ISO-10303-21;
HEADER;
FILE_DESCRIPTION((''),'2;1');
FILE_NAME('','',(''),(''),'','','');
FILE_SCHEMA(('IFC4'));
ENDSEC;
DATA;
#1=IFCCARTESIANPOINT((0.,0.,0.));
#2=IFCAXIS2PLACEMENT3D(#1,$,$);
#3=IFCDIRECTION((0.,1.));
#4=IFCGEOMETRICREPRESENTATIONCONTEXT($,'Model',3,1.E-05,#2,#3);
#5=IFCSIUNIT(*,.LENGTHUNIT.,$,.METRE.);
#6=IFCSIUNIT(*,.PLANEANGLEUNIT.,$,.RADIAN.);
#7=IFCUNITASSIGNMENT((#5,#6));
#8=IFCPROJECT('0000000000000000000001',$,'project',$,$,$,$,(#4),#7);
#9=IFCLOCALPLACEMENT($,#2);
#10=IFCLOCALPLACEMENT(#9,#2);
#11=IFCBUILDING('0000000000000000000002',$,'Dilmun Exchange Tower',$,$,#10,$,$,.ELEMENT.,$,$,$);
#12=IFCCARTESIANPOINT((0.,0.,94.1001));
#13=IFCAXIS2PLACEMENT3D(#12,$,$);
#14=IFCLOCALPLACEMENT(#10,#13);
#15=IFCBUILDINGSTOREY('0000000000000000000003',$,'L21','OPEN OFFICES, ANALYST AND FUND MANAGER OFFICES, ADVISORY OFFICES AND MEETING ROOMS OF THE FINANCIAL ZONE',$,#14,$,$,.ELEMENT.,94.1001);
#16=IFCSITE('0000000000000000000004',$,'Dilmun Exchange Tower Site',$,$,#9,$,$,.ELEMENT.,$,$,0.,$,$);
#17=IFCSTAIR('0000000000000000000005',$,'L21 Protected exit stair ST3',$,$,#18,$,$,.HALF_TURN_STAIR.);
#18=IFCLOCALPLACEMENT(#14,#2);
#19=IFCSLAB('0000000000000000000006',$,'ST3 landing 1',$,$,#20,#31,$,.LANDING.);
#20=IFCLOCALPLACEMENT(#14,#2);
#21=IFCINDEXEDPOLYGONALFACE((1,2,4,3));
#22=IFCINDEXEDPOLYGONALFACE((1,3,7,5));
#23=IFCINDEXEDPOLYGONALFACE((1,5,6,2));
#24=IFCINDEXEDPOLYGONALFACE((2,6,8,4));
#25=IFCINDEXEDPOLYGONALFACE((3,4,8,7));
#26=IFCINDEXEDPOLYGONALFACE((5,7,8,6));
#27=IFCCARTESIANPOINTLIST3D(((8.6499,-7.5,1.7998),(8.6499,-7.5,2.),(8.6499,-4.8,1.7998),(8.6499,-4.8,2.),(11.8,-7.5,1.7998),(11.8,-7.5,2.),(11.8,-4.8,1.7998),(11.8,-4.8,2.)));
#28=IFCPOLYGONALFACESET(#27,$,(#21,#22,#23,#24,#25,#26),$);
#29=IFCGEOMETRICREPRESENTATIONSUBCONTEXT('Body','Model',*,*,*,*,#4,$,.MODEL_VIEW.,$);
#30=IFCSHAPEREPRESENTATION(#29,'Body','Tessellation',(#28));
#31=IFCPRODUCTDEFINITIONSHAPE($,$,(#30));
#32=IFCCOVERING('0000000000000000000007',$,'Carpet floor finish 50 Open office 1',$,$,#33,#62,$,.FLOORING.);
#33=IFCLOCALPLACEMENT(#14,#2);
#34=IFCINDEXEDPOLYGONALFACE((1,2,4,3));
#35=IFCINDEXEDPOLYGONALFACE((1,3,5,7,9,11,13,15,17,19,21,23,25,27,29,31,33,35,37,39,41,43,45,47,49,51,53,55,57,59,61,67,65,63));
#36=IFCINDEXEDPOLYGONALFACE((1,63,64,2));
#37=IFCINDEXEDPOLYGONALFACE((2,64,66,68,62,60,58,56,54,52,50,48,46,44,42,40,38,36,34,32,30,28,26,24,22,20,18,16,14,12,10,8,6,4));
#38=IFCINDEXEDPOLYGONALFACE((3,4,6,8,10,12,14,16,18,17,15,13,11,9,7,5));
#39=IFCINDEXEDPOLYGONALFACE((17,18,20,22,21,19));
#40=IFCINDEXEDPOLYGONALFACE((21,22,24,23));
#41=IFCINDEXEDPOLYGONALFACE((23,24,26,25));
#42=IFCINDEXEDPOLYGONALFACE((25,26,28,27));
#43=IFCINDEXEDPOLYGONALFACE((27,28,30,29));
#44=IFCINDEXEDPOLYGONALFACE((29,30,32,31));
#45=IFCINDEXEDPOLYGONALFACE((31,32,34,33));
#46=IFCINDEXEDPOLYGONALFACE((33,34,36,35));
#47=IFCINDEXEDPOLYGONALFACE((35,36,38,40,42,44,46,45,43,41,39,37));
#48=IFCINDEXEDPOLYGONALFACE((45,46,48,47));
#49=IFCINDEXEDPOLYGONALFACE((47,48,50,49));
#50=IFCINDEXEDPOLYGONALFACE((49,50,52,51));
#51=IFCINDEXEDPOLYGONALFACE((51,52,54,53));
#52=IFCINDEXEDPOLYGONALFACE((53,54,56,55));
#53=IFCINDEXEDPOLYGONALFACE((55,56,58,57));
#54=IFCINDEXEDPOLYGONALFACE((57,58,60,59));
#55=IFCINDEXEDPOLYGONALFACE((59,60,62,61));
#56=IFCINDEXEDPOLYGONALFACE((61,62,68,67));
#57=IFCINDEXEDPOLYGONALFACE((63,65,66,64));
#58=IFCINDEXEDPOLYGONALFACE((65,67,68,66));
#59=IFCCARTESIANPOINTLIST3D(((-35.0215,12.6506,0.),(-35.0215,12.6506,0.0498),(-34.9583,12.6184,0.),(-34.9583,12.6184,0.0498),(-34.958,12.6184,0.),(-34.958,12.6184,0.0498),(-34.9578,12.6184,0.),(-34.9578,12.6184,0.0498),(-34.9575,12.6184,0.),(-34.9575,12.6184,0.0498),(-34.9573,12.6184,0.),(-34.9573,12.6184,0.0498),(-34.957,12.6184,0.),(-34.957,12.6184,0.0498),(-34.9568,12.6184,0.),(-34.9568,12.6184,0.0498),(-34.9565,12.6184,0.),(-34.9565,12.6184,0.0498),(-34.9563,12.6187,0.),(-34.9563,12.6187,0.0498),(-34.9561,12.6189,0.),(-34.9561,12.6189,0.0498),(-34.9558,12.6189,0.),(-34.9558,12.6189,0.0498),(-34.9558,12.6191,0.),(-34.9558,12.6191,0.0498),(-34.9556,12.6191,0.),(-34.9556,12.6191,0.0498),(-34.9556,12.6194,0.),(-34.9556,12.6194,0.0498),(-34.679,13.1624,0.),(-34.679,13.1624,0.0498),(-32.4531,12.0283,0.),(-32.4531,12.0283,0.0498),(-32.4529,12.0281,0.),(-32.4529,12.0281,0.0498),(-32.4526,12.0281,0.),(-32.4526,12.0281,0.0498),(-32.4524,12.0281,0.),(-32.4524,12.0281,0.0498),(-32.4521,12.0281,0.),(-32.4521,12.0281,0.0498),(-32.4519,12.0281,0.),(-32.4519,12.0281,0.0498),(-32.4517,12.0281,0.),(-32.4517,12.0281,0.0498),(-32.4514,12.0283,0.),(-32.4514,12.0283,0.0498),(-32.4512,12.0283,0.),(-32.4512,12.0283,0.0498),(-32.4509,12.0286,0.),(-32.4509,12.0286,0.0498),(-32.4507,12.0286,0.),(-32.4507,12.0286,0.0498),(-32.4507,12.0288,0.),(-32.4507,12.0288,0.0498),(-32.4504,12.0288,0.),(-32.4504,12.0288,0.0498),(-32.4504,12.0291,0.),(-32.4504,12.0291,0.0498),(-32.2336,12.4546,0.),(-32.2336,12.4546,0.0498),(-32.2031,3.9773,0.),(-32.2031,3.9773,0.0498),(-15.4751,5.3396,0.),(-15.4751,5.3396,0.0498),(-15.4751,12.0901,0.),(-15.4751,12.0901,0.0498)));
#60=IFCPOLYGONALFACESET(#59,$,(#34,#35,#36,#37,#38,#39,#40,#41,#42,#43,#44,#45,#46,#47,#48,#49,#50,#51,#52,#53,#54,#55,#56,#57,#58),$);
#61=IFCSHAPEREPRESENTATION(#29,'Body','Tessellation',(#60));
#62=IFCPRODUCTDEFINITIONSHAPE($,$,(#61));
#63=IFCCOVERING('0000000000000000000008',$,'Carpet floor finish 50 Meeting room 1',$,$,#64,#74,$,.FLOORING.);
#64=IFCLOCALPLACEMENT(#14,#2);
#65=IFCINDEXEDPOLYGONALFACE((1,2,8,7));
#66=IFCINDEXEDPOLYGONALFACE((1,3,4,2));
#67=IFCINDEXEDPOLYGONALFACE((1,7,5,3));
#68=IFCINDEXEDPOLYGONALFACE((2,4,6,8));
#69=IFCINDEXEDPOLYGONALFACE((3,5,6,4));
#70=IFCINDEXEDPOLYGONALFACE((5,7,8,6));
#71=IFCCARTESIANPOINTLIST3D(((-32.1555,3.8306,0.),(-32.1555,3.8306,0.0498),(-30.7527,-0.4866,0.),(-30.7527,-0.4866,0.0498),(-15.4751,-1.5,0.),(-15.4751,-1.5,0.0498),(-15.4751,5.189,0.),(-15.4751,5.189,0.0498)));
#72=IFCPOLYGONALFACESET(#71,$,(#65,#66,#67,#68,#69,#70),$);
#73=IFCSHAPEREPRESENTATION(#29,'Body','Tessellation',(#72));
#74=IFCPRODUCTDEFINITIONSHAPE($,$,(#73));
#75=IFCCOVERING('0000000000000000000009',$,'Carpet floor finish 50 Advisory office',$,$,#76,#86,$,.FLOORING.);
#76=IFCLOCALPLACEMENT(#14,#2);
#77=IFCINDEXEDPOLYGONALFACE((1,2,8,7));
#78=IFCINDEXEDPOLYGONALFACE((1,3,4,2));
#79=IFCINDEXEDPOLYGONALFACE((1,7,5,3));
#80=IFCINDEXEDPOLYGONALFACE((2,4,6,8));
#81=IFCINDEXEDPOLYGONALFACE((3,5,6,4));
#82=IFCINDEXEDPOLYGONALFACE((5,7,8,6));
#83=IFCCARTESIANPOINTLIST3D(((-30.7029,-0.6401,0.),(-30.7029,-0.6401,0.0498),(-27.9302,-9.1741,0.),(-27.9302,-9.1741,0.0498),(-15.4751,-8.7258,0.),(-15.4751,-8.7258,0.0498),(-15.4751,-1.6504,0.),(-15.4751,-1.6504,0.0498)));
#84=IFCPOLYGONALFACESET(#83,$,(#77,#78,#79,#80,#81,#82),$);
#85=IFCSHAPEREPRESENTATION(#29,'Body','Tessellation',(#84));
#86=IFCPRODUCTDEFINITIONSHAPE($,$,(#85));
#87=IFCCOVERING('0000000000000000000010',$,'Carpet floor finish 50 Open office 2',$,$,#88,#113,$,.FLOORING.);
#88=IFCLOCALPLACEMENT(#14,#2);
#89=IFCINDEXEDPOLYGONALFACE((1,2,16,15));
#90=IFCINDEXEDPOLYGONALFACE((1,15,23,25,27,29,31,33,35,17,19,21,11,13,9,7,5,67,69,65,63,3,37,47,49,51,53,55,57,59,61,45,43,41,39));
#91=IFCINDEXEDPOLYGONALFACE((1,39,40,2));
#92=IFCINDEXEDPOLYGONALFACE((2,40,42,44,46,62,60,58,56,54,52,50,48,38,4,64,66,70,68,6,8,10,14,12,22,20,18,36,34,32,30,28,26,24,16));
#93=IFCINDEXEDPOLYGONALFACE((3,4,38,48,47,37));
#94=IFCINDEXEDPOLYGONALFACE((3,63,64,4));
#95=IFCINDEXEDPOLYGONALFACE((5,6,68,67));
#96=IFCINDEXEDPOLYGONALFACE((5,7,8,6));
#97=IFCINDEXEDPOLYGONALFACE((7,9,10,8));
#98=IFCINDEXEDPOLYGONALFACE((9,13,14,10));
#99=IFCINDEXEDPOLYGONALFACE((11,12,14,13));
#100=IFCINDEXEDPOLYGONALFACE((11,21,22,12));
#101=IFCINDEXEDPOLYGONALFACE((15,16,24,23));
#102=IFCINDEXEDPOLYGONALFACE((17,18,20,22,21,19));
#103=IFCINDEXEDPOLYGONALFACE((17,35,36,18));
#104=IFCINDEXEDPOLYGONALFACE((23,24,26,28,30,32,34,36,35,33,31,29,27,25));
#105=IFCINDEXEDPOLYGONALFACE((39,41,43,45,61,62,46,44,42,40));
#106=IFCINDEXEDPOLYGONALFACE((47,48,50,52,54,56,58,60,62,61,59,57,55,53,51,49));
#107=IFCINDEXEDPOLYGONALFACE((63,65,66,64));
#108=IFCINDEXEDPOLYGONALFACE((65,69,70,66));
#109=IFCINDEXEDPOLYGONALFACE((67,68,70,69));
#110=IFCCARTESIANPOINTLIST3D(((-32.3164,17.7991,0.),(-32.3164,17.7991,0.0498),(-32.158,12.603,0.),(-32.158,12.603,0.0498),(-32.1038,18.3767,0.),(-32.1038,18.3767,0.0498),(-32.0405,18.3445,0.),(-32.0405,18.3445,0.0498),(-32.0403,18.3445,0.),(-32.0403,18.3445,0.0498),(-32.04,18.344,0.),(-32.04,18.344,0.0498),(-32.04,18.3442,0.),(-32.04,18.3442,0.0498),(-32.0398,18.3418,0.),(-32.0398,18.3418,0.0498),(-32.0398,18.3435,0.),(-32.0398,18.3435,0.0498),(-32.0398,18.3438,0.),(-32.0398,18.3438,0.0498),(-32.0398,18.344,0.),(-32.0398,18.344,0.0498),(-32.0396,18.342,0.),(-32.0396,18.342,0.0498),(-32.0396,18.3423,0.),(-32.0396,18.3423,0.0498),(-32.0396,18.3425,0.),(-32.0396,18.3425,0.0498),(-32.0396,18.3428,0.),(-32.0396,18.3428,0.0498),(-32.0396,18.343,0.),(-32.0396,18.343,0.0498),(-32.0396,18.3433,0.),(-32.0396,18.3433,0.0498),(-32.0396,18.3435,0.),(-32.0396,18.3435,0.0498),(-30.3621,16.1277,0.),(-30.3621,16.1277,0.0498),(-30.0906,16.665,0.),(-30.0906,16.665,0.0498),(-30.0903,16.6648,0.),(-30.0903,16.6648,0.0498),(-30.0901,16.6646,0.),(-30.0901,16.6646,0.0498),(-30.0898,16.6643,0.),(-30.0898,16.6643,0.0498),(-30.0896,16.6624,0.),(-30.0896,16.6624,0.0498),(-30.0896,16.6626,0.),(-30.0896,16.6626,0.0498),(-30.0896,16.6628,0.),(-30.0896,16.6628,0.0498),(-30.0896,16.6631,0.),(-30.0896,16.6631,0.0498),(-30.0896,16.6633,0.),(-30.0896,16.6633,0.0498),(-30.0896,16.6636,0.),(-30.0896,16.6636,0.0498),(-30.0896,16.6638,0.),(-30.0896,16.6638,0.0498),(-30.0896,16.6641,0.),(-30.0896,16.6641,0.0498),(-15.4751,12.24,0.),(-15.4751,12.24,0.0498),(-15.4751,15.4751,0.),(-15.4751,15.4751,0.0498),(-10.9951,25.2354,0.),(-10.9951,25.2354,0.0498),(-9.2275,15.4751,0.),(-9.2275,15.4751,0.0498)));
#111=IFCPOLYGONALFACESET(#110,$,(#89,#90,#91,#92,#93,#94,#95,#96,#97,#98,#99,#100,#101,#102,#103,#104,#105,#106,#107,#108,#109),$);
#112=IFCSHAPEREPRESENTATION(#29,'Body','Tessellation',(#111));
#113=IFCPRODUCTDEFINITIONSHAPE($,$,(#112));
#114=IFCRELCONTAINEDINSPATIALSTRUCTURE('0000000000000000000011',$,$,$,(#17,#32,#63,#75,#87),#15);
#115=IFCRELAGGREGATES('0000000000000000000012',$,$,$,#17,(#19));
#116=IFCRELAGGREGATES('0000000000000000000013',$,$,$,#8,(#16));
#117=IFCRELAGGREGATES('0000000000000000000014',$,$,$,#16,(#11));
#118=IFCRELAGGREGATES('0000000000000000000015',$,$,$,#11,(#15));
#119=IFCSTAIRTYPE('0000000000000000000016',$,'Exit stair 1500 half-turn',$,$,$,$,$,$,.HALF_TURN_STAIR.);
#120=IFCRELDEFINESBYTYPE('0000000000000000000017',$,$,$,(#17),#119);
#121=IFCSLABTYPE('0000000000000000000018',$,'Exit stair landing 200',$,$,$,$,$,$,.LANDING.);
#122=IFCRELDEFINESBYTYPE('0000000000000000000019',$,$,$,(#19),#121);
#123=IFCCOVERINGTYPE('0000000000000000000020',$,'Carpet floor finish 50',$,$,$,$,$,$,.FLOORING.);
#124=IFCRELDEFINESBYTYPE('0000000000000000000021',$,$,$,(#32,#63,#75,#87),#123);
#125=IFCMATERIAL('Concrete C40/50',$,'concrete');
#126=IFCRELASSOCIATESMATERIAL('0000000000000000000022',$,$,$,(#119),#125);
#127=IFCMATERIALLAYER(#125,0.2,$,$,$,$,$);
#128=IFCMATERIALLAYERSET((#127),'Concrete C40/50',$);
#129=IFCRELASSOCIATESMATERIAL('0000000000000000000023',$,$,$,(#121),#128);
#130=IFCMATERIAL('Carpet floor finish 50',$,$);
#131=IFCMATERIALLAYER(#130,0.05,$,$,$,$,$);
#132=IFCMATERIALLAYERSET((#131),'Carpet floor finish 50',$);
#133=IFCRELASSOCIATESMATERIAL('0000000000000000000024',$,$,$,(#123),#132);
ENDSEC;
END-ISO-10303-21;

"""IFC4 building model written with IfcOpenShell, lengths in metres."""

from ifc_helpers import new_model, si_unit, direction, frame, origin, place, context, subcontext, project, spatial, polyline, outline, extrude, material, layer, layer_set, type_object, element, aggregate, save


model = new_model("IFC4")

# Units and contexts
model_context = context("Model", 3, precision=1e-05, world=origin(), true_north=direction((0.0, 1.0)))
body_context = subcontext(model_context, "Body", "Model", "MODEL_VIEW")
ifc_project = project(units=[si_unit("LENGTHUNIT", "METRE"), si_unit("PLANEANGLEUNIT", "RADIAN")], contexts=[model_context])

# Site, building, storey
site_placement = place(None, origin())
site = spatial("IfcSite", under=ifc_project, at=site_placement, Name="Dilmun Exchange Tower Site", CompositionType="ELEMENT", RefElevation=0.0)
building_placement = place(site_placement, origin())
building = spatial("IfcBuilding", under=site, at=building_placement, Name="Dilmun Exchange Tower", CompositionType="ELEMENT")
storey_placement = place(building_placement, frame((0.0, 0.0, 94.1001)))
storey = spatial("IfcBuildingStorey", under=building, at=storey_placement, Name="L21", Description="OPEN OFFICES, ANALYST AND FUND MANAGER OFFICES, ADVISORY OFFICES AND MEETING ROOMS OF THE FINANCIAL ZONE", CompositionType="ELEMENT", Elevation=94.1001)

# Stair, slab
ifc_material_1 = material(Name="Concrete C40/50", Category="concrete")
stair_type = type_object("IfcStairType", Name="Exit stair 1500 half-turn", PredefinedType="HALF_TURN_STAIR", material=ifc_material_1)
stair_placement = place(storey_placement, origin())
stair = element("IfcStair", 1, at=stair_placement, inside=storey, type_object=stair_type, Name="L21 Protected exit stair ST3", PredefinedType="HALF_TURN_STAIR")
ifc_layer_1 = layer(ifc_material_1, 0.2)
ifc_layer_set_1 = layer_set([ifc_layer_1], Name="Concrete C40/50")
slab_type = type_object("IfcSlabType", Name="Exit stair landing 200", PredefinedType="LANDING", material=ifc_layer_set_1)
slab_placement = place(storey_placement, frame((0.0, 0.0, 1.7998)))
slab = element("IfcSlab", 2, at=slab_placement, type_object=slab_type, Name="ST3 landing 1", PredefinedType="LANDING", context=body_context, shape_type="SweptSolid", body=[
    extrude(outline(polyline([(11.8, -7.5), (11.8, -4.8), (8.6499, -4.8), (8.6499, -7.5), (11.8, -7.5)])), origin(), (0.0, 0.0, 1.0), 0.2002),
])
aggregate(stair, [slab])

# Coverings
ifc_material_2 = material(Name="Carpet floor finish 50")
ifc_layer_2 = layer(ifc_material_2, 0.05)
ifc_layer_set_2 = layer_set([ifc_layer_2], Name="Carpet floor finish 50")
covering_type_1 = type_object("IfcCoveringType", Name="Carpet floor finish 50", PredefinedType="FLOORING", material=ifc_layer_set_2)
covering_1_placement = place(storey_placement, origin())
element("IfcCovering", 3, at=covering_1_placement, inside=storey, type_object=covering_type_1, Name="Carpet floor finish 50 Open office 1", PredefinedType="FLOORING", context=body_context, shape_type="SweptSolid", body=[
    extrude(outline(polyline([(-15.4751, 12.0901), (-15.4751, 5.3396), (-32.2031, 3.9773), (-35.0215, 12.6506), (-34.9583, 12.6184), (-34.958, 12.6184), (-34.9578, 12.6184), (-34.9575, 12.6184), (-34.9575, 12.6184), (-34.9573, 12.6184), (-34.957, 12.6184), (-34.9568, 12.6184), (-34.9568, 12.6184), (-34.9565, 12.6184), (-34.9563, 12.6187), (-34.9563, 12.6187), (-34.9561, 12.6189), (-34.9558, 12.6189), (-34.9558, 12.6191), (-34.9556, 12.6191), (-34.9556, 12.6194), (-34.679, 13.1624), (-32.4531, 12.0283), (-32.4529, 12.0281), (-32.4526, 12.0281), (-32.4524, 12.0281), (-32.4524, 12.0281), (-32.4521, 12.0281), (-32.4519, 12.0281), (-32.4519, 12.0281), (-32.4517, 12.0281), (-32.4514, 12.0283), (-32.4512, 12.0283), (-32.4512, 12.0283), (-32.4509, 12.0286), (-32.4507, 12.0286), (-32.4507, 12.0288), (-32.4504, 12.0288), (-32.4504, 12.0291), (-32.2336, 12.4546), (-15.4751, 12.0901)])), origin(), (0.0, 0.0, 1.0), 0.0498),
])
covering_2_placement = place(storey_placement, origin())
element("IfcCovering", 4, at=covering_2_placement, inside=storey, type_object=covering_type_1, Name="Carpet floor finish 50 Meeting room 1", PredefinedType="FLOORING", context=body_context, shape_type="SweptSolid", body=[
    extrude(outline(polyline([(-15.4751, -1.5), (-30.7527, -0.4866), (-32.1555, 3.8306), (-15.4751, 5.189), (-15.4751, -1.5)])), origin(), (0.0, 0.0, 1.0), 0.0498),
])
covering_3_placement = place(storey_placement, origin())
element("IfcCovering", 5, at=covering_3_placement, inside=storey, type_object=covering_type_1, Name="Carpet floor finish 50 Advisory office", PredefinedType="FLOORING", context=body_context, shape_type="SweptSolid", body=[
    extrude(outline(polyline([(-15.4751, -8.7258), (-27.9302, -9.1741), (-30.7029, -0.6401), (-15.4751, -1.6504), (-15.4751, -8.7258)])), origin(), (0.0, 0.0, 1.0), 0.0498),
])
covering_4_placement = place(storey_placement, origin())
element("IfcCovering", 6, at=covering_4_placement, inside=storey, type_object=covering_type_1, Name="Carpet floor finish 50 Open office 2", PredefinedType="FLOORING", context=body_context, shape_type="SweptSolid", body=[
    extrude(outline(polyline([(-9.2275, 15.4751), (-15.4751, 15.4751), (-15.4751, 12.24), (-32.158, 12.603), (-30.3621, 16.1277), (-30.3621, 16.1277), (-30.0896, 16.6624), (-30.0896, 16.6626), (-30.0896, 16.6626), (-30.0896, 16.6628), (-30.0896, 16.6631), (-30.0896, 16.6631), (-30.0896, 16.6633), (-30.0896, 16.6636), (-30.0896, 16.6638), (-30.0896, 16.6641), (-30.0898, 16.6643), (-30.0898, 16.6643), (-30.0901, 16.6646), (-30.0901, 16.6646), (-30.0903, 16.6648), (-30.0903, 16.6648), (-30.0906, 16.665), (-32.3164, 17.7991), (-32.0398, 18.3418), (-32.0396, 18.342), (-32.0396, 18.3423), (-32.0396, 18.3423), (-32.0396, 18.3425), (-32.0396, 18.3428), (-32.0396, 18.343), (-32.0396, 18.3433), (-32.0396, 18.3435), (-32.0398, 18.3435), (-32.0398, 18.3438), (-32.0398, 18.344), (-32.04, 18.344), (-32.04, 18.3442), (-32.0403, 18.3445), (-32.0403, 18.3445), (-32.0405, 18.3445), (-32.1038, 18.3767), (-10.9951, 25.2354), (-9.2275, 15.4751)])), origin(), (0.0, 0.0, 1.0), 0.0498),
])

save(model, "model.ifc")
